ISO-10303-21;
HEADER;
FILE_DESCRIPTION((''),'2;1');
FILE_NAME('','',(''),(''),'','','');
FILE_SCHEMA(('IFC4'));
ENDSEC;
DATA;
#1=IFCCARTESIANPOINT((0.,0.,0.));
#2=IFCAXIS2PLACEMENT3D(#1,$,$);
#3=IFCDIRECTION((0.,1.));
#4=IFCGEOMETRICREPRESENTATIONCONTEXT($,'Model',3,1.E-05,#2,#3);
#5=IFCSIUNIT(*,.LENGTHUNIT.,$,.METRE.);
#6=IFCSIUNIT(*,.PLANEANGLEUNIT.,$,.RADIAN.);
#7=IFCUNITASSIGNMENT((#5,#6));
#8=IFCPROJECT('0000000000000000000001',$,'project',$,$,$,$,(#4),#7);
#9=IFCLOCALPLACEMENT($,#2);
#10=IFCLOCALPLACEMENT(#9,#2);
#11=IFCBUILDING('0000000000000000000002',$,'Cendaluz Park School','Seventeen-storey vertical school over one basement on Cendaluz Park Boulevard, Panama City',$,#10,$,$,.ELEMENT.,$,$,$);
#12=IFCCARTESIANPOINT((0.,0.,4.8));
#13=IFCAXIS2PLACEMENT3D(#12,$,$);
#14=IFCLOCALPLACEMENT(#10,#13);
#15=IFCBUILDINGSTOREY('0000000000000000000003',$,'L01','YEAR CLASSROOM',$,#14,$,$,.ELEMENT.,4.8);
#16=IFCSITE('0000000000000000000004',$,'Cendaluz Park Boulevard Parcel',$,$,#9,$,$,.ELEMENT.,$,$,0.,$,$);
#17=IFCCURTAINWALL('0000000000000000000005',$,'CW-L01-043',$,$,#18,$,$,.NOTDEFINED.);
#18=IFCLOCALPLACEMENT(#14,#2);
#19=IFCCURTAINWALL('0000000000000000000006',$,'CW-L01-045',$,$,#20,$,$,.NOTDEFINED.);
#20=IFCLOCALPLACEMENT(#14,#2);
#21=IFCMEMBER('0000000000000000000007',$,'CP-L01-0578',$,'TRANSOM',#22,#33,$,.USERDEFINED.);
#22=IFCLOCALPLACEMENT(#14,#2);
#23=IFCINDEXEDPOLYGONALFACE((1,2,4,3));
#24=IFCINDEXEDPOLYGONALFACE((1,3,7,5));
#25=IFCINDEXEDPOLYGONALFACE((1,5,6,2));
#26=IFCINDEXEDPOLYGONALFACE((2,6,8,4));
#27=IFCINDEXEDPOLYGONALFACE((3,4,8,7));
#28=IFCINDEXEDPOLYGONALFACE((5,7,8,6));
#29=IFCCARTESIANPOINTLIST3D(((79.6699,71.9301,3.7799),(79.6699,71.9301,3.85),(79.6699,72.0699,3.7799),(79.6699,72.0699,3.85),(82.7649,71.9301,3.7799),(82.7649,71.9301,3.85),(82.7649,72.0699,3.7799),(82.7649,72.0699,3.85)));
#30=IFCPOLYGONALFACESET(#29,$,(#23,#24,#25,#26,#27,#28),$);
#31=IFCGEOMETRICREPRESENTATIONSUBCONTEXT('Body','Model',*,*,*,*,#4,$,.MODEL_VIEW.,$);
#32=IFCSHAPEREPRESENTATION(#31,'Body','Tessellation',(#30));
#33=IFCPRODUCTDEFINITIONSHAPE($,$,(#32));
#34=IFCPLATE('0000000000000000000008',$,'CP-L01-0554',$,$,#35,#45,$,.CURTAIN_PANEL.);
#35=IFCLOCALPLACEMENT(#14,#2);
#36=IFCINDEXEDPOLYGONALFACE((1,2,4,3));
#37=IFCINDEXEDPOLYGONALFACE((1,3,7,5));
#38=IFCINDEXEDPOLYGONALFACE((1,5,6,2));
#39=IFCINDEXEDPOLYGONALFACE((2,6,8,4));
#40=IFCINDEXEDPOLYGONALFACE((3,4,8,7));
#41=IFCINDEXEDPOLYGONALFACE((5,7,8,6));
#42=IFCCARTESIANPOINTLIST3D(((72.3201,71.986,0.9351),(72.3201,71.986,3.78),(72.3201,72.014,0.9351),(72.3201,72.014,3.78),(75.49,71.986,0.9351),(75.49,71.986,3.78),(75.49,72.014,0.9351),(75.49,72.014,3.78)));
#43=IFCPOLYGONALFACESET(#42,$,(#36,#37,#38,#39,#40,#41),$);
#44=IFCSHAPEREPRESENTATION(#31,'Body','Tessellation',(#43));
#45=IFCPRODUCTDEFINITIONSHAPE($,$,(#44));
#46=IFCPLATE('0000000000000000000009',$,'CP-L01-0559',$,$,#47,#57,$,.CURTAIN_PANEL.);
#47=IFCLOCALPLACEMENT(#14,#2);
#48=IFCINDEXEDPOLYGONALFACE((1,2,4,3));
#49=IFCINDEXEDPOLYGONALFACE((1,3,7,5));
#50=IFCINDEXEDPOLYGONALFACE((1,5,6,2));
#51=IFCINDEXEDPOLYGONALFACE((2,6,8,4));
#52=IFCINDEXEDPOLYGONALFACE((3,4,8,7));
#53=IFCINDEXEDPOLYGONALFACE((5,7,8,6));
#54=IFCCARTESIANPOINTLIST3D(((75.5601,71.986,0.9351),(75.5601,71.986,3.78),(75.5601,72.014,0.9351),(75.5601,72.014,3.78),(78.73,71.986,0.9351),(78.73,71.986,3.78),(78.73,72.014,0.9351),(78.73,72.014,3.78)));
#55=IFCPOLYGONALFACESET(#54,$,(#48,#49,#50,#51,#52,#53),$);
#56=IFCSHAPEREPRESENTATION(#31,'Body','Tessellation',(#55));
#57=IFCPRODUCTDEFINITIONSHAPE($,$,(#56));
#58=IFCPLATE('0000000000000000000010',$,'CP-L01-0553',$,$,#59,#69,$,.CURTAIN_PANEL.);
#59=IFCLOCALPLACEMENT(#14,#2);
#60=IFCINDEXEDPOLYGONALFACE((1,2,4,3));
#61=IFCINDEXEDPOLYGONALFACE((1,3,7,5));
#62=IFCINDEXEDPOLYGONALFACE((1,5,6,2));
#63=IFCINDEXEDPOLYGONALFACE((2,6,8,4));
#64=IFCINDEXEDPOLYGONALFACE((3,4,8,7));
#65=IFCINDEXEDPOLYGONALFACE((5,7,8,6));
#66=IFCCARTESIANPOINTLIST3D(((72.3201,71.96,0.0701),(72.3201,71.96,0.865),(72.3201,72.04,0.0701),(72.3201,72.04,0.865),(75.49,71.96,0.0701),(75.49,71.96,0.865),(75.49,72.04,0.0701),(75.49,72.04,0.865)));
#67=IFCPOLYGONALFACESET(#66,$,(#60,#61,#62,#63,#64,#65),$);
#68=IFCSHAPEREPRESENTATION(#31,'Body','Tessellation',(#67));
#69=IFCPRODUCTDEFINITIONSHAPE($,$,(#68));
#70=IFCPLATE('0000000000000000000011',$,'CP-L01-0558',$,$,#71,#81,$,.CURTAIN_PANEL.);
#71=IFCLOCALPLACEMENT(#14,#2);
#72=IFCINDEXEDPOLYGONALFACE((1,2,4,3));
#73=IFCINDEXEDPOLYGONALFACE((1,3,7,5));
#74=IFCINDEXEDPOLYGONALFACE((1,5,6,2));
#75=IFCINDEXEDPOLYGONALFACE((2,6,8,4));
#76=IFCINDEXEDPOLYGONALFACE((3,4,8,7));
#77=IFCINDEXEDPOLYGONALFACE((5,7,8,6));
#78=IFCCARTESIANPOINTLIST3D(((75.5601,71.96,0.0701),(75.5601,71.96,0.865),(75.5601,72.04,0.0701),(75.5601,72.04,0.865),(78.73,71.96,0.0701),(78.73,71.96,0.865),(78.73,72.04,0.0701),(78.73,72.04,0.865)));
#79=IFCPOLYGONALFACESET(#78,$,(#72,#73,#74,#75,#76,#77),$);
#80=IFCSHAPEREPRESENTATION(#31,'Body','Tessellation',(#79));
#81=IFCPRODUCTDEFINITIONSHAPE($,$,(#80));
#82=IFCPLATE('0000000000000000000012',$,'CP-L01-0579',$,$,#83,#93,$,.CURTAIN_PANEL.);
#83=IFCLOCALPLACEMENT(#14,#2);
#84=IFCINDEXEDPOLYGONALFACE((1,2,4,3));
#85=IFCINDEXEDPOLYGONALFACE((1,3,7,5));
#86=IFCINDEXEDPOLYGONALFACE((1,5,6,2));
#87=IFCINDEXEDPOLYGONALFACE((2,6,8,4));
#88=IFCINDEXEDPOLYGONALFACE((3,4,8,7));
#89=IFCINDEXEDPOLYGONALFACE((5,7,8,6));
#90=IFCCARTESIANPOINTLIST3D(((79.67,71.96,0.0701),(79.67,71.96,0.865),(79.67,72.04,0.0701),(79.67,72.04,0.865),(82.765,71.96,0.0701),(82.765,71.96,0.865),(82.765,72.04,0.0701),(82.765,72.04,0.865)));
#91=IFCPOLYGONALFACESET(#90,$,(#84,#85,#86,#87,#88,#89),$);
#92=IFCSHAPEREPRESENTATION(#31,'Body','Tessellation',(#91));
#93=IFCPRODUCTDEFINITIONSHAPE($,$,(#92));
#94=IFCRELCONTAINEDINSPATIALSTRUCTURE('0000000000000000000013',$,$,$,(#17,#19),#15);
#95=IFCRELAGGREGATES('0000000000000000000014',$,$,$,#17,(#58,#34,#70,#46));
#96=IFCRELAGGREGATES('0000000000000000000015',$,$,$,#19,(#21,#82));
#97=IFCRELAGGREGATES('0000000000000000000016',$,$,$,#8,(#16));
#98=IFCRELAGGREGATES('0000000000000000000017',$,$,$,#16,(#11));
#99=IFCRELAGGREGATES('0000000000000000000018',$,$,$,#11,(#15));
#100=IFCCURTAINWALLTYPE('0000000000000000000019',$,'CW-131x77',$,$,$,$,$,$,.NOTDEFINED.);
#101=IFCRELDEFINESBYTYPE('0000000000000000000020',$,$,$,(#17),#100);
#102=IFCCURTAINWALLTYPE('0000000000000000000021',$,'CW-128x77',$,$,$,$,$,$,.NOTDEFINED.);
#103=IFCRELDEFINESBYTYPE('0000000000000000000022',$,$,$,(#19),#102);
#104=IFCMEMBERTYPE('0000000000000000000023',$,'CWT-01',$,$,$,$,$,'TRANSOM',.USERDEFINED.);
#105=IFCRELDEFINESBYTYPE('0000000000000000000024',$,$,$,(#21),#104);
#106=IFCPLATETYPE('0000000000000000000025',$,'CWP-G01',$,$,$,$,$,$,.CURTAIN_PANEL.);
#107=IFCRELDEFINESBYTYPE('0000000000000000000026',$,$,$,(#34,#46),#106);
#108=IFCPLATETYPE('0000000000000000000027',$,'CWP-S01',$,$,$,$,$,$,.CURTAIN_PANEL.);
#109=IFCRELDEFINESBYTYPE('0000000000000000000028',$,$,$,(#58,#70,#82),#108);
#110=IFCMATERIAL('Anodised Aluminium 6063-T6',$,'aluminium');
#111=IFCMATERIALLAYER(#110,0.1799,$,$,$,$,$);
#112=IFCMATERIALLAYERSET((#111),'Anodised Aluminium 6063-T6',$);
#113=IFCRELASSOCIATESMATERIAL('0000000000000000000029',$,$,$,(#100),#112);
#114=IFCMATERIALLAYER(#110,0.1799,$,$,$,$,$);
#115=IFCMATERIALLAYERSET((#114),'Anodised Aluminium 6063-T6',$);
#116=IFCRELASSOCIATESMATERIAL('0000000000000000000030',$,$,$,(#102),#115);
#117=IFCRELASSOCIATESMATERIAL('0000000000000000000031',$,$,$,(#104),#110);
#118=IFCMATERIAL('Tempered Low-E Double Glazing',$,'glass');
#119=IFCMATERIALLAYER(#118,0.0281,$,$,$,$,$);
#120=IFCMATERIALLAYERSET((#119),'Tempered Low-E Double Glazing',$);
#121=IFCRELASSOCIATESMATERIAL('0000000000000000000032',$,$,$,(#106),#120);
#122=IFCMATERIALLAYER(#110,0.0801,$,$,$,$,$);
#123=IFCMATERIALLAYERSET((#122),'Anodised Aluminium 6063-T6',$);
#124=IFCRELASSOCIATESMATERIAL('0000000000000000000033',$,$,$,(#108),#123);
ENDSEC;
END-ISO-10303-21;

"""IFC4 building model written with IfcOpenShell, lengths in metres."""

from ifc_helpers import new_model, si_unit, direction, frame, origin, origin_2d, place, context, subcontext, project, spatial, rectangle, extrude, material, layer, layer_set, material_profile, profile_set, type_object, element, aggregate, save


model = new_model("IFC4")

# Units and contexts
model_context = context("Model", 3, precision=1e-05, world=origin(), true_north=direction((0.0, 1.0)))
body_context = subcontext(model_context, "Body", "Model", "MODEL_VIEW")
ifc_project = project(units=[si_unit("LENGTHUNIT", "METRE"), si_unit("PLANEANGLEUNIT", "RADIAN")], contexts=[model_context])

# Site, building, storey
site_placement = place(None, origin())
site = spatial("IfcSite", under=ifc_project, at=site_placement, Name="Cendaluz Park Boulevard Parcel", CompositionType="ELEMENT", RefElevation=0.0)
building_placement = place(site_placement, origin())
building = spatial("IfcBuilding", under=site, at=building_placement, Name="Cendaluz Park School", Description="Seventeen-storey vertical school over one basement on Cendaluz Park Boulevard, Panama City", CompositionType="ELEMENT")
storey_placement = place(building_placement, frame((0.0, 0.0, 4.8)))
storey = spatial("IfcBuildingStorey", under=building, at=storey_placement, Name="L01", Description="YEAR CLASSROOM", CompositionType="ELEMENT", Elevation=4.8)

# Curtain wall
ifc_material_1 = material(Name="Anodised Aluminium 6063-T6", Category="aluminium")
ifc_layer_1 = layer(ifc_material_1, 0.1799)
ifc_layer_set_1 = layer_set([ifc_layer_1], Name="Anodised Aluminium 6063-T6")
curtain_wall_type_1 = type_object("IfcCurtainWallType", Name="CW-131x77", PredefinedType="NOTDEFINED", material=ifc_layer_set_1)
curtain_wall_1_placement = place(storey_placement, origin())
curtain_wall_1 = element("IfcCurtainWall", 1, at=curtain_wall_1_placement, inside=storey, type_object=curtain_wall_type_1, Name="CW-L01-043", PredefinedType="NOTDEFINED")

# Curtain wall
ifc_layer_2 = layer(ifc_material_1, 0.1799)
ifc_layer_set_2 = layer_set([ifc_layer_2], Name="Anodised Aluminium 6063-T6")
curtain_wall_type_2 = type_object("IfcCurtainWallType", Name="CW-128x77", PredefinedType="NOTDEFINED", material=ifc_layer_set_2)
curtain_wall_2_placement = place(storey_placement, origin())
curtain_wall_2 = element("IfcCurtainWall", 2, at=curtain_wall_2_placement, inside=storey, type_object=curtain_wall_type_2, Name="CW-L01-045", PredefinedType="NOTDEFINED")

# Member
ifc_material_profile_1 = material_profile(ifc_material_1, rectangle(XDim=0.1399, YDim=0.0701, at=origin_2d()), Name="CWT 140x70", Category="aluminium")
ifc_profile_set_1 = profile_set([ifc_material_profile_1], Name="Anodised Aluminium 6063-T6")
member_type_1 = type_object("IfcMemberType", Name="CWT-01", ElementType="TRANSOM", PredefinedType="USERDEFINED", material=ifc_profile_set_1)
member_1_placement = place(storey_placement, frame((79.6699, 72.0, 3.8149), z_axis=(1.0, 0.0, 0.0), x_axis=(0.0, 1.0, 0.0)))
member_1 = element("IfcMember", 3, at=member_1_placement, type_object=member_type_1, Name="CP-L01-0578", ObjectType="TRANSOM", PredefinedType="USERDEFINED", context=body_context, shape_type="SweptSolid", body=[
    extrude(rectangle(XDim=0.1399, YDim=0.0701, at=origin_2d()), origin(), (0.0, 0.0, 1.0), 3.095),
])

# Plates
ifc_material_2 = material(Name="Tempered Low-E Double Glazing", Category="glass")
ifc_layer_3 = layer(ifc_material_2, 0.0281)
ifc_layer_set_3 = layer_set([ifc_layer_3], Name="Tempered Low-E Double Glazing")
plate_type_1 = type_object("IfcPlateType", Name="CWP-G01", PredefinedType="CURTAIN_PANEL", material=ifc_layer_set_3)
plate_1_placement = place(storey_placement, frame((73.905, 72.0, 0.9351), z_axis=(0.0, 0.0, 1.0), x_axis=(1.0, 0.0, 0.0)))
plate_1 = element("IfcPlate", 4, at=plate_1_placement, type_object=plate_type_1, Name="CP-L01-0554", PredefinedType="CURTAIN_PANEL", context=body_context, shape_type="SweptSolid", body=[
    extrude(rectangle(XDim=3.1699, YDim=0.0281, at=origin_2d()), origin(), (0.0, 0.0, 1.0), 2.845),
])
plate_2_placement = place(storey_placement, frame((77.145, 72.0, 0.9351), z_axis=(0.0, 0.0, 1.0), x_axis=(1.0, 0.0, 0.0)))
plate_2 = element("IfcPlate", 5, at=plate_2_placement, type_object=plate_type_1, Name="CP-L01-0559", PredefinedType="CURTAIN_PANEL", context=body_context, shape_type="SweptSolid", body=[
    extrude(rectangle(XDim=3.1699, YDim=0.0281, at=origin_2d()), origin(), (0.0, 0.0, 1.0), 2.845),
])
ifc_layer_4 = layer(ifc_material_1, 0.0801)
ifc_layer_set_4 = layer_set([ifc_layer_4], Name="Anodised Aluminium 6063-T6")
plate_type_2 = type_object("IfcPlateType", Name="CWP-S01", PredefinedType="CURTAIN_PANEL", material=ifc_layer_set_4)
plate_3_placement = place(storey_placement, frame((73.905, 72.0, 0.0701), z_axis=(0.0, 0.0, 1.0), x_axis=(1.0, 0.0, 0.0)))
plate_3 = element("IfcPlate", 6, at=plate_3_placement, type_object=plate_type_2, Name="CP-L01-0553", PredefinedType="CURTAIN_PANEL", context=body_context, shape_type="SweptSolid", body=[
    extrude(rectangle(XDim=3.1699, YDim=0.0801, at=origin_2d()), origin(), (0.0, 0.0, 1.0), 0.7949),
])
plate_4_placement = place(storey_placement, frame((77.145, 72.0, 0.0701), z_axis=(0.0, 0.0, 1.0), x_axis=(1.0, 0.0, 0.0)))
plate_4 = element("IfcPlate", 7, at=plate_4_placement, type_object=plate_type_2, Name="CP-L01-0558", PredefinedType="CURTAIN_PANEL", context=body_context, shape_type="SweptSolid", body=[
    extrude(rectangle(XDim=3.1699, YDim=0.0801, at=origin_2d()), origin(), (0.0, 0.0, 1.0), 0.7949),
])
aggregate(curtain_wall_1, [plate_3, plate_1, plate_4, plate_2])
plate_5_placement = place(storey_placement, frame((81.2175, 72.0, 0.0701), z_axis=(0.0, 0.0, 1.0), x_axis=(1.0, 0.0, 0.0)))
plate_5 = element("IfcPlate", 8, at=plate_5_placement, type_object=plate_type_2, Name="CP-L01-0579", PredefinedType="CURTAIN_PANEL", context=body_context, shape_type="SweptSolid", body=[
    extrude(rectangle(XDim=3.095, YDim=0.0801, at=origin_2d()), origin(), (0.0, 0.0, 1.0), 0.7949),
])
aggregate(curtain_wall_2, [member_1, plate_5])

save(model, "model.ifc")
